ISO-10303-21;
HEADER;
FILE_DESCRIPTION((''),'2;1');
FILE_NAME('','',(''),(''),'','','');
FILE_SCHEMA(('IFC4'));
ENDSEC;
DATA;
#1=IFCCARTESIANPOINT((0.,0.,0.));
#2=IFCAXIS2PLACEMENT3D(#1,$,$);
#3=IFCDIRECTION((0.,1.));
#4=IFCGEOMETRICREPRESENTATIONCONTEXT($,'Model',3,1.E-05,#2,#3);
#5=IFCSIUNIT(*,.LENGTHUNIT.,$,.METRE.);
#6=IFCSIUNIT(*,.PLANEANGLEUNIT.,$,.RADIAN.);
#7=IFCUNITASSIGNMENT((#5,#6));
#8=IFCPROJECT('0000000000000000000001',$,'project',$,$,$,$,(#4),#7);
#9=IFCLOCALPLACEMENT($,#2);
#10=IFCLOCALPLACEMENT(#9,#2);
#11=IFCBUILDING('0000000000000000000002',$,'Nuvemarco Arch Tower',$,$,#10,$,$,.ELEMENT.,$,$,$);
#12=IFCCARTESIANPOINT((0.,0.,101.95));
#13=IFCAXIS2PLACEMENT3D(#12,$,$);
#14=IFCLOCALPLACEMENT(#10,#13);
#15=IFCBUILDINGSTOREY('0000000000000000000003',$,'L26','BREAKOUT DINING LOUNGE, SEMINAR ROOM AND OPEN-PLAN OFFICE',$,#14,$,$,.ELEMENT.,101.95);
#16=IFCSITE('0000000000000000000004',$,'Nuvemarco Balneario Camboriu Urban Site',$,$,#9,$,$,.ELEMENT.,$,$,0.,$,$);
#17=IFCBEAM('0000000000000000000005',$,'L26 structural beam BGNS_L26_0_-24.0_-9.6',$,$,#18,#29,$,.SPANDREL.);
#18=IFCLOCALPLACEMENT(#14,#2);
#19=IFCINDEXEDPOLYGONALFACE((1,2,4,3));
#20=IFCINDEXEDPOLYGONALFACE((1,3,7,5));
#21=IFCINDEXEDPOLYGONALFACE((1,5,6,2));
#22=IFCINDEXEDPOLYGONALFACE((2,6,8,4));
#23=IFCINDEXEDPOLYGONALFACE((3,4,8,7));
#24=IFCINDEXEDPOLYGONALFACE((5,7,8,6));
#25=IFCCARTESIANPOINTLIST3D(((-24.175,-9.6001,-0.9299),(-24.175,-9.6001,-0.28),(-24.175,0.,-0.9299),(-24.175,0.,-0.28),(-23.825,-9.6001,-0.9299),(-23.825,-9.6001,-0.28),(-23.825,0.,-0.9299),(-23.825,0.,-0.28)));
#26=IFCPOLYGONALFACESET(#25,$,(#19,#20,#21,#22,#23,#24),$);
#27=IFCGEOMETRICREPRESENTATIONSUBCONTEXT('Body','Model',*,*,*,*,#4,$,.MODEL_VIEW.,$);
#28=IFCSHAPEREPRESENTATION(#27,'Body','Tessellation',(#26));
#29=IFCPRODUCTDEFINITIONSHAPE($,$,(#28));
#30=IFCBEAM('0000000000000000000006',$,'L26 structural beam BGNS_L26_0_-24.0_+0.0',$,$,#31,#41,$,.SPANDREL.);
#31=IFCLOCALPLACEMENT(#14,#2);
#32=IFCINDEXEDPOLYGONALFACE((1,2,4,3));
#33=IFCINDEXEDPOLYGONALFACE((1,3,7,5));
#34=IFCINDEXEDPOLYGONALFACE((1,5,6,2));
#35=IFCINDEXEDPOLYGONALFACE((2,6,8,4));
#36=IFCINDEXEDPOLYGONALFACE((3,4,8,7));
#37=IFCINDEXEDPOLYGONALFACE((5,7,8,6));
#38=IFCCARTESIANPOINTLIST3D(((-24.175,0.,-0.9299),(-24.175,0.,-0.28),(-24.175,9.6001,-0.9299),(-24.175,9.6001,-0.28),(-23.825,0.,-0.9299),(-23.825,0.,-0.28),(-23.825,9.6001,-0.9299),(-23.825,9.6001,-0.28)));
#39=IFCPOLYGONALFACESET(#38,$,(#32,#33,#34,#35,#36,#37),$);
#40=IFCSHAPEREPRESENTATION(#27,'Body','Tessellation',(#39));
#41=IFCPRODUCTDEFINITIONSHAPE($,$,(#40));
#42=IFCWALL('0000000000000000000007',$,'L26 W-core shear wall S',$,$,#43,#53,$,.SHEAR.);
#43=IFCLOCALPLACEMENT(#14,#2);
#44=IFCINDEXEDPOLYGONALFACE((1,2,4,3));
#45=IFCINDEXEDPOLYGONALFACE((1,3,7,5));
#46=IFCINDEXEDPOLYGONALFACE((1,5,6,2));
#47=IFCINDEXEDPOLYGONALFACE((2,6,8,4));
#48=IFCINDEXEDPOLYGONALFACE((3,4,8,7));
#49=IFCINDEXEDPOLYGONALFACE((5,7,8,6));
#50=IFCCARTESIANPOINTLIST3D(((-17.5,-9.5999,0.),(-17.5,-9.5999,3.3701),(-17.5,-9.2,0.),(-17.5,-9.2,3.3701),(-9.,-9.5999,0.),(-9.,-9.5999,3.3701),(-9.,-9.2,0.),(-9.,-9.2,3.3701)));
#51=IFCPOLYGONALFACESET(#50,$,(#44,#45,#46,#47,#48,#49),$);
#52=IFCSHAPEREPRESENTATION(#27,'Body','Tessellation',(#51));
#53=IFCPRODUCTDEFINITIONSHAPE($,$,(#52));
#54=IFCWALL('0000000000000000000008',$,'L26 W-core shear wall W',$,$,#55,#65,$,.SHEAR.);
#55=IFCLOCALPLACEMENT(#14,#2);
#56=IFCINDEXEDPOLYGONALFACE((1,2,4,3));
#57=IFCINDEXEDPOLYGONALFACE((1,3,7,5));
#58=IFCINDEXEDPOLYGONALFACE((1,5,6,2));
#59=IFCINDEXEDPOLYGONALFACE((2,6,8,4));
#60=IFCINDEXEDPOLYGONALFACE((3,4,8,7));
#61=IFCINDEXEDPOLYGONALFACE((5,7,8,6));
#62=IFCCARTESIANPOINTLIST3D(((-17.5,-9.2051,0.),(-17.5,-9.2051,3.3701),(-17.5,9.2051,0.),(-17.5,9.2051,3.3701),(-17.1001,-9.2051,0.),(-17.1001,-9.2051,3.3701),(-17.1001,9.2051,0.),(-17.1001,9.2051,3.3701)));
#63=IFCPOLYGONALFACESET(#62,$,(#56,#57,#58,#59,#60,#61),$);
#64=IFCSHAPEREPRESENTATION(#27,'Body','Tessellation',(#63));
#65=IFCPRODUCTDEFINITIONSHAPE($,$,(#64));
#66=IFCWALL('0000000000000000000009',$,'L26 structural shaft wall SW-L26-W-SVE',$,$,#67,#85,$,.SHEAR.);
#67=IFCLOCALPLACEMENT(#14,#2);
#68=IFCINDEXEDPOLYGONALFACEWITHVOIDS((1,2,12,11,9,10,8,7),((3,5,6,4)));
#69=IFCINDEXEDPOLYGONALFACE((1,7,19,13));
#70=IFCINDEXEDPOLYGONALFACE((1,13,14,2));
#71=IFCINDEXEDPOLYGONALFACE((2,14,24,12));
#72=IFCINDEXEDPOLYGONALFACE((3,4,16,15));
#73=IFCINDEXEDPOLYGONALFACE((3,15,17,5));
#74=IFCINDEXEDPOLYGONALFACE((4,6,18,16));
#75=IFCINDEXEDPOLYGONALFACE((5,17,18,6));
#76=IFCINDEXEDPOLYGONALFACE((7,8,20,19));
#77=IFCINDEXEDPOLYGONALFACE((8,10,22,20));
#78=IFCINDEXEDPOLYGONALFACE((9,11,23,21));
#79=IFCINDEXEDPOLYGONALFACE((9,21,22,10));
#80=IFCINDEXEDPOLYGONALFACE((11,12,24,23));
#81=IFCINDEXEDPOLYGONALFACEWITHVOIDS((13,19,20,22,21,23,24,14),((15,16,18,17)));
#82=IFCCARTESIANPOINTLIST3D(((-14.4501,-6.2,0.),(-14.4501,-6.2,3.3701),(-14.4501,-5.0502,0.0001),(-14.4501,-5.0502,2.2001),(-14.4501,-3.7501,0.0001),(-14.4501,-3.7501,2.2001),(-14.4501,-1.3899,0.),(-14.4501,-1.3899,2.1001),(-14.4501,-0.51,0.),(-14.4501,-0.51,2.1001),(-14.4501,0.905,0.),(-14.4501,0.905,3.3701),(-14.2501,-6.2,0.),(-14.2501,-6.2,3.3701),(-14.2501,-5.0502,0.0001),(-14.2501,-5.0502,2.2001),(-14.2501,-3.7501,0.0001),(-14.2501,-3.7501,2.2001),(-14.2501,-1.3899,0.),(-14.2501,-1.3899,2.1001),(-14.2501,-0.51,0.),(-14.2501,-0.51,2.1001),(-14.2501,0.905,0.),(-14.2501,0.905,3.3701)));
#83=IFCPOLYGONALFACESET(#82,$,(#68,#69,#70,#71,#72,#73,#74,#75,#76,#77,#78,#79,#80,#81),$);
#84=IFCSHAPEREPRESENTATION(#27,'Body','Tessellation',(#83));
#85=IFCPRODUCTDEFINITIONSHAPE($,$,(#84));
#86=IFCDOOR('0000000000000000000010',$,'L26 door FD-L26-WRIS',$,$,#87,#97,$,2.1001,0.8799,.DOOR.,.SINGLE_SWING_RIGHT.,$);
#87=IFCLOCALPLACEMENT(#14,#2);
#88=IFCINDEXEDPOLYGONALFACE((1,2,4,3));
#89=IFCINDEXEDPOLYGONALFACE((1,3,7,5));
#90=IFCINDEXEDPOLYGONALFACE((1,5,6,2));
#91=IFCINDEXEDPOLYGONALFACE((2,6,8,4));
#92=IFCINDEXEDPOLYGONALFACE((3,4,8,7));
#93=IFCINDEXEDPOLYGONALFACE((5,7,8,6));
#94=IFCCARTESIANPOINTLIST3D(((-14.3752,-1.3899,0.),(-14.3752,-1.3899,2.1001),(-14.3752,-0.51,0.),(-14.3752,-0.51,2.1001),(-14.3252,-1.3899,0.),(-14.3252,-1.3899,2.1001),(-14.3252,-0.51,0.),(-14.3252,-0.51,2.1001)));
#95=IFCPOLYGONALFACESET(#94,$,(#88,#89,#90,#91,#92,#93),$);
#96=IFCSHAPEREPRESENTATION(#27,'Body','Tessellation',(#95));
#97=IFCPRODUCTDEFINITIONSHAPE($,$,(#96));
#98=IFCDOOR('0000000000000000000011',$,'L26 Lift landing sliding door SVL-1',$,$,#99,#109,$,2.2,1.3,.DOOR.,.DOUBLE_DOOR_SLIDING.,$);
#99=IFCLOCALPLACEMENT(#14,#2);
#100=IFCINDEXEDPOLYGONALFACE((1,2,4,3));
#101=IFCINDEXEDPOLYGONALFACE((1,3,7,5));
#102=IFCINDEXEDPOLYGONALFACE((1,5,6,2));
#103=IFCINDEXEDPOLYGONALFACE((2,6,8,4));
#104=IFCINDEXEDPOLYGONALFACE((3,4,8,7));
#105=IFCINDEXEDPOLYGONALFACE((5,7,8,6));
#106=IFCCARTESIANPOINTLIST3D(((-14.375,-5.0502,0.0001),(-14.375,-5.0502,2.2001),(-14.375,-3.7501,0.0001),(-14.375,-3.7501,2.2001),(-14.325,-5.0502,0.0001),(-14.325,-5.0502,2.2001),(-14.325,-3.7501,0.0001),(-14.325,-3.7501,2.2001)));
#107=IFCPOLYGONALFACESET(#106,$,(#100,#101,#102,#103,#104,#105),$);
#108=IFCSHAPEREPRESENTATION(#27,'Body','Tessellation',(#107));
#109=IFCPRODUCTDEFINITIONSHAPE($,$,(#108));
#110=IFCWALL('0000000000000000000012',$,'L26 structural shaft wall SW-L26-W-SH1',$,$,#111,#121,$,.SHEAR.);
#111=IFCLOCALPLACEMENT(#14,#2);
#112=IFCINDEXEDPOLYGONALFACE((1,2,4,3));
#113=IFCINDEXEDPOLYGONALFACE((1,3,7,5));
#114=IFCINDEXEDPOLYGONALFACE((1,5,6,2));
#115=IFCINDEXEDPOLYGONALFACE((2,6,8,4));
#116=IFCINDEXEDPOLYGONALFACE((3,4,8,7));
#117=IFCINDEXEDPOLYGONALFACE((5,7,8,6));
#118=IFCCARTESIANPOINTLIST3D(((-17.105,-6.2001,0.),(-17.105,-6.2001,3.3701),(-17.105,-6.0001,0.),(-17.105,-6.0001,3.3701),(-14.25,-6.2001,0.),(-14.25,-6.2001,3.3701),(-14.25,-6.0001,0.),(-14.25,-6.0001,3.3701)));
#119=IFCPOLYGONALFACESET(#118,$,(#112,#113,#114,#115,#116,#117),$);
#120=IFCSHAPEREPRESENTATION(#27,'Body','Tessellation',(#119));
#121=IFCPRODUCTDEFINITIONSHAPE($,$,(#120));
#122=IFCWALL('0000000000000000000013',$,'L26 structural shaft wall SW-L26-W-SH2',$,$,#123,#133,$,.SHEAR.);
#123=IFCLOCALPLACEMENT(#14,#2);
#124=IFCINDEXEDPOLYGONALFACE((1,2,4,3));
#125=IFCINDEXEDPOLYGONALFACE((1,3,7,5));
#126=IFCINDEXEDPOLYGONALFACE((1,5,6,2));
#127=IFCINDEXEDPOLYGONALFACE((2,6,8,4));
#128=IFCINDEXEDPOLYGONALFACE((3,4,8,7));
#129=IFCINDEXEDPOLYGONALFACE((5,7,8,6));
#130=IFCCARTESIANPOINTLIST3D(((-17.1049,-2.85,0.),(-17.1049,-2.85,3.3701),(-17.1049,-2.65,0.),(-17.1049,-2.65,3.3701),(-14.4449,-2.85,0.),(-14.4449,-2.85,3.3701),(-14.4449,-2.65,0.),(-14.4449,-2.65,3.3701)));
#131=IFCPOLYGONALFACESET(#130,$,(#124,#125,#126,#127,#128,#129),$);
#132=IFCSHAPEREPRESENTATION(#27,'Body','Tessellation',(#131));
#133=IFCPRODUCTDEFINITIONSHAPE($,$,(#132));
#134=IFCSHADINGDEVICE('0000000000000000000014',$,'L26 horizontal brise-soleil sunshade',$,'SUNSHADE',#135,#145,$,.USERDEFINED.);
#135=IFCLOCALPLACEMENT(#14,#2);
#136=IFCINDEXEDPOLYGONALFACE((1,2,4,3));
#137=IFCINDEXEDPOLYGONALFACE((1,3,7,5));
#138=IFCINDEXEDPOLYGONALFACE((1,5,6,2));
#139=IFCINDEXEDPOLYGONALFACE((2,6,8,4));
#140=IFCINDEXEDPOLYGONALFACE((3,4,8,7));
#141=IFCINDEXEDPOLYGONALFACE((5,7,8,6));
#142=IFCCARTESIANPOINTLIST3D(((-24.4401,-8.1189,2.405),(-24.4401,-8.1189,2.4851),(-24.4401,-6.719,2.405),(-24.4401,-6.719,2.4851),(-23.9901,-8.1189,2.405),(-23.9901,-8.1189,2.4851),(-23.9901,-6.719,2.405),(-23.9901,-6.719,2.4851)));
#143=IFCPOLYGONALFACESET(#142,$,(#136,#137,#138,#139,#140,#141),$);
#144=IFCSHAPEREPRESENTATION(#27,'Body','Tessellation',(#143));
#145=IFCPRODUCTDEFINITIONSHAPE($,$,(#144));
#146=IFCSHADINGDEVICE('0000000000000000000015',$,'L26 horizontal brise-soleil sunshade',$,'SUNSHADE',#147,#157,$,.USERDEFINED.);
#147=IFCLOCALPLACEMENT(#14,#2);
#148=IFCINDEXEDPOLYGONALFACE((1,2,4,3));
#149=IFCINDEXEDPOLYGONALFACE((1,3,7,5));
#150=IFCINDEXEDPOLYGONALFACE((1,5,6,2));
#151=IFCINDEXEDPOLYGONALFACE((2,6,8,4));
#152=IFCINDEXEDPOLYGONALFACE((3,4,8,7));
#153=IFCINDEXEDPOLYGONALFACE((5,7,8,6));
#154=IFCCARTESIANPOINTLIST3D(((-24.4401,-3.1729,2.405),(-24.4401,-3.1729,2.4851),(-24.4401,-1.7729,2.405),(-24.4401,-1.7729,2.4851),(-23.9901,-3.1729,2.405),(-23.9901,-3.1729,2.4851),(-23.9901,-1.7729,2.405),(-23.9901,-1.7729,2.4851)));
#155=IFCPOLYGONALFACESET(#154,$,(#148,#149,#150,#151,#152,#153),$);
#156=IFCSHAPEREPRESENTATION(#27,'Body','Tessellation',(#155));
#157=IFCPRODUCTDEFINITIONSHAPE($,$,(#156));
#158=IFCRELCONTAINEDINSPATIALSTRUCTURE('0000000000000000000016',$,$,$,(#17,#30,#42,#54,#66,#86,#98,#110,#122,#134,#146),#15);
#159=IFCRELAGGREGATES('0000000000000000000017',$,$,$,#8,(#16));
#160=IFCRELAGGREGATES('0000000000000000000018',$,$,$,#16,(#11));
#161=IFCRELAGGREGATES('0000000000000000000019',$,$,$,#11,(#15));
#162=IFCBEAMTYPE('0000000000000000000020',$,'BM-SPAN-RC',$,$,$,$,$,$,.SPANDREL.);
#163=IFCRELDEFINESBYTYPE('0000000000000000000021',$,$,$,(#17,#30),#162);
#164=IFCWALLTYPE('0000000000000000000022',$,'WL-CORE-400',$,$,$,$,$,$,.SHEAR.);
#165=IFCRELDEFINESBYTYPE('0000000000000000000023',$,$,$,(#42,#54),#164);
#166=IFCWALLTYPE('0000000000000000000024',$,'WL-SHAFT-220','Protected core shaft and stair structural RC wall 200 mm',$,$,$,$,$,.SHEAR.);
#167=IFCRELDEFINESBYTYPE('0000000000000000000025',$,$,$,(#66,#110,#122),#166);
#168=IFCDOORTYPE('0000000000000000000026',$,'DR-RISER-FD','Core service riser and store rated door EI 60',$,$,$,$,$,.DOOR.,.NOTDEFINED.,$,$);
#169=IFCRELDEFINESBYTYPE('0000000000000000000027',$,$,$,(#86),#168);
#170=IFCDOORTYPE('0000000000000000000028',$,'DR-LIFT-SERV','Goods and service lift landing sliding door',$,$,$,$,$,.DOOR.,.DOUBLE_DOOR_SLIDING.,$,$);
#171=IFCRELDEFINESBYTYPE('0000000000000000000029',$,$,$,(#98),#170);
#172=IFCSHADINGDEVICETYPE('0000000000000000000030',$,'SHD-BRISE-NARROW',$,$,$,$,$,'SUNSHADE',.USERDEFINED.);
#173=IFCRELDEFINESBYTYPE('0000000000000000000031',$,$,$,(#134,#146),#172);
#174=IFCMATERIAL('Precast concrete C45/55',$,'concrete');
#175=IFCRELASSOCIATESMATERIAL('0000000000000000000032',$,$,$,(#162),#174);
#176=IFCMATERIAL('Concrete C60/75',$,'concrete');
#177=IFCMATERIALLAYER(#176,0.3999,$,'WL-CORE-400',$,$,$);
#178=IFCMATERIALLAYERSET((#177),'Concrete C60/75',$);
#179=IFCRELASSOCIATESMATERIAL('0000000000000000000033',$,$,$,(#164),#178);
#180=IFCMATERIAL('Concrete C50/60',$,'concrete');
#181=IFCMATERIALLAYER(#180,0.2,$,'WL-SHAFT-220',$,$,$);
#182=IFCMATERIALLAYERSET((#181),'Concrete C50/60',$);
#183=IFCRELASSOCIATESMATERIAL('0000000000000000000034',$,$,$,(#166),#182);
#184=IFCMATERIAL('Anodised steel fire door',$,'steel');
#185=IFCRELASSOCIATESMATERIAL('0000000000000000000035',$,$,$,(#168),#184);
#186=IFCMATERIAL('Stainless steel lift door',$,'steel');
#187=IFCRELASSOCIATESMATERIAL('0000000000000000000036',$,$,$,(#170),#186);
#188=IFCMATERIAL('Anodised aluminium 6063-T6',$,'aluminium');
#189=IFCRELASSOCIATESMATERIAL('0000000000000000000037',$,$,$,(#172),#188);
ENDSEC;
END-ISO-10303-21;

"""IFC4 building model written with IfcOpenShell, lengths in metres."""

from ifc_helpers import new_model, si_unit, direction, frame, frame_2d, origin, origin_2d, place, context, subcontext, project, spatial, rectangle, extrude, source, transform, mapped, material, layer, layer_set, material_profile, profile_set, type_object, type_shapes, element, fill, save


model = new_model("IFC4")

# Units and contexts
model_context = context("Model", 3, precision=1e-05, world=origin(), true_north=direction((0.0, 1.0)))
body_context = subcontext(model_context, "Body", "Model", "MODEL_VIEW")
ifc_project = project(units=[si_unit("LENGTHUNIT", "METRE"), si_unit("PLANEANGLEUNIT", "RADIAN")], contexts=[model_context])

# Site, building, storey
site_placement = place(None, origin())
site = spatial("IfcSite", under=ifc_project, at=site_placement, Name="Nuvemarco Balneario Camboriu Urban Site", CompositionType="ELEMENT", RefElevation=0.0)
building_placement = place(site_placement, origin())
building = spatial("IfcBuilding", under=site, at=building_placement, Name="Nuvemarco Arch Tower", CompositionType="ELEMENT")
storey_placement = place(building_placement, frame((0.0, 0.0, 101.95)))
storey = spatial("IfcBuildingStorey", under=building, at=storey_placement, Name="L26", Description="BREAKOUT DINING LOUNGE, SEMINAR ROOM AND OPEN-PLAN OFFICE", CompositionType="ELEMENT", Elevation=101.95)

# Shared definitions
ifc_material_1 = material(Name="Concrete C60/75", Category="concrete")

# Beams
ifc_material_2 = material(Name="Precast concrete C45/55", Category="concrete")
ifc_material_profile_1 = material_profile(ifc_material_2, rectangle(XDim=0.3501, YDim=0.6499, at=origin_2d()), Name="PC-SP-350x650")
ifc_profile_set_1 = profile_set([ifc_material_profile_1], Name="Precast concrete C45/55")
beam_type_1 = type_object("IfcBeamType", Name="BM-SPAN-RC", PredefinedType="SPANDREL", material=ifc_profile_set_1)
for number, where, z_axis, x_axis, name in (
    (1, (-24.0, -9.6001, -0.605), (0.0, 1.0, 0.0), (-1.0, 0.0, 0.0), "L26 structural beam BGNS_L26_0_-24.0_-9.6"),
    (2, (-24.0, 0.0, -0.605), (0.0, 1.0, 0.0), (-1.0, 0.0, 0.0), "L26 structural beam BGNS_L26_0_-24.0_+0.0"),
):
    element("IfcBeam", number, at=place(storey_placement, frame(where, z_axis=z_axis, x_axis=x_axis)), inside=storey, type_object=beam_type_1, Name=name, PredefinedType="SPANDREL", context=body_context, shape_type="SweptSolid", body=[
        extrude(rectangle(XDim=0.3501, YDim=0.6499, at=origin_2d()), origin(), (0.0, 0.0, 1.0), 9.6001),
    ])

# Walls
ifc_layer_1 = layer(ifc_material_1, 0.3999, Name="WL-CORE-400")
ifc_layer_set_1 = layer_set([ifc_layer_1], Name="Concrete C60/75")
wall_type_1 = type_object("IfcWallType", Name="WL-CORE-400", PredefinedType="SHEAR", material=ifc_layer_set_1)
wall_1_placement = place(storey_placement, frame((-17.5, -9.3999, 0.0), z_axis=(0.0, 0.0, 1.0), x_axis=(1.0, 0.0, 0.0)))
element("IfcWall", 3, at=wall_1_placement, inside=storey, type_object=wall_type_1, Name="L26 W-core shear wall S", PredefinedType="SHEAR", context=body_context, shape_type="SweptSolid", body=[
    extrude(rectangle(XDim=8.5, YDim=0.3999, at=frame_2d((4.25, 0.0))), origin(), (0.0, 0.0, 1.0), 3.3701),
])
wall_2_placement = place(storey_placement, frame((-17.3, -9.2051, 0.0), z_axis=(0.0, 0.0, 1.0), x_axis=(0.0, 1.0, 0.0)))
element("IfcWall", 4, at=wall_2_placement, inside=storey, type_object=wall_type_1, Name="L26 W-core shear wall W", PredefinedType="SHEAR", context=body_context, shape_type="SweptSolid", body=[
    extrude(rectangle(XDim=18.4102, YDim=0.3999, at=frame_2d((9.2051, 0.0))), origin(), (0.0, 0.0, 1.0), 3.3701),
])

# Shared definitions
ifc_material_3 = material(Name="Concrete C50/60", Category="concrete")
ifc_layer_2 = layer(ifc_material_3, 0.2, Name="WL-SHAFT-220")
ifc_layer_set_2 = layer_set([ifc_layer_2], Name="Concrete C50/60")
wall_type_2 = type_object("IfcWallType", Name="WL-SHAFT-220", Description="Protected core shaft and stair structural RC wall 200 mm", PredefinedType="SHEAR", material=ifc_layer_set_2)
ifc_material_4 = material(Name="Stainless steel lift door", Category="steel")

# Wall, openings, doors
wall_3_placement = place(storey_placement, frame((-14.3501, -6.2, 0.0), z_axis=(0.0, 0.0, 1.0), x_axis=(0.0, 1.0, 0.0)))
wall_3 = element("IfcWall", 5, at=wall_3_placement, inside=storey, type_object=wall_type_2, Name="L26 structural shaft wall SW-L26-W-SVE", PredefinedType="SHEAR", context=body_context, shape_type="SweptSolid", body=[
    extrude(rectangle(XDim=7.105, YDim=0.2, at=frame_2d((3.5525, 0.0))), origin(), (0.0, 0.0, 1.0), 3.3701),
])
opening_1_placement = place(wall_3_placement, frame((5.6899, 0.0, 0.0), z_axis=(0.0, 0.0, 1.0), x_axis=(-1.0, 0.0, 0.0)))
opening_1 = element("IfcOpeningElement", 6, at=opening_1_placement, cuts=wall_3, PredefinedType="OPENING", context=body_context, shape_type="SweptSolid", body=[
    extrude(rectangle(XDim=0.8799, YDim=2.1001, at=frame_2d((0.4399, 1.05))), frame((0.0, 0.1099, 0.0), z_axis=(0.0, -1.0, 0.0), x_axis=(1.0, 0.0, 0.0)), (0.0, 0.0, 1.0), 0.22),
])
opening_2_placement = place(wall_3_placement, frame((1.1499, 0.0, 0.0)))
opening_2 = element("IfcOpeningElement", 7, at=opening_2_placement, cuts=wall_3, PredefinedType="OPENING", context=body_context, shape_type="SweptSolid", body=[
    extrude(rectangle(XDim=1.3, YDim=2.2, at=frame_2d((0.6499, 1.1001))), frame((0.0, 0.1099, 0.0), z_axis=(0.0, -1.0, 0.0), x_axis=(1.0, 0.0, 0.0)), (0.0, 0.0, 1.0), 0.22),
])
ifc_material_5 = material(Name="Anodised steel fire door", Category="steel")
door_type_1 = type_object("IfcDoorType", Name="DR-RISER-FD", Description="Core service riser and store rated door EI 60", OperationType="NOTDEFINED", PredefinedType="DOOR", material=ifc_material_5)
shared_shape_1 = source(origin(), body_context, "Body", "SweptSolid", [
    extrude(rectangle(XDim=0.8799, YDim=2.1001, at=frame_2d((0.4399, 1.05))), frame((0.0, 0.0249, 0.0), z_axis=(0.0, -1.0, 0.0), x_axis=(1.0, 0.0, 0.0)), (0.0, 0.0, 1.0), 0.05),
])
type_shapes(door_type_1, [shared_shape_1])
door_1_placement = place(opening_1_placement, origin())
door_1 = element("IfcDoor", 8, at=door_1_placement, inside=storey, type_object=door_type_1, Name="L26 door FD-L26-WRIS", OperationType="SINGLE_SWING_RIGHT", OverallHeight=2.1001, OverallWidth=0.8799, PredefinedType="DOOR", context=body_context, shape_type="MappedRepresentation", body=[
    mapped(shared_shape_1, transform((0.0, 0.0, 0.0), scale=1.0)),
])
fill(opening_1, door_1)
door_type_2 = type_object("IfcDoorType", Name="DR-LIFT-SERV", Description="Goods and service lift landing sliding door", OperationType="DOUBLE_DOOR_SLIDING", PredefinedType="DOOR", material=ifc_material_4)
shared_shape_2 = source(origin(), body_context, "Body", "SweptSolid", [
    extrude(rectangle(XDim=1.3, YDim=2.2, at=frame_2d((0.6499, 1.1001))), frame((0.0, 0.0249, 0.0), z_axis=(0.0, -1.0, 0.0), x_axis=(1.0, 0.0, 0.0)), (0.0, 0.0, 1.0), 0.05),
])
type_shapes(door_type_2, [shared_shape_2])
door_2_placement = place(opening_2_placement, origin())
door_2 = element("IfcDoor", 9, at=door_2_placement, inside=storey, type_object=door_type_2, Name="L26 Lift landing sliding door SVL-1", OperationType="DOUBLE_DOOR_SLIDING", OverallHeight=2.2, OverallWidth=1.3, PredefinedType="DOOR", context=body_context, shape_type="MappedRepresentation", body=[
    mapped(shared_shape_2, transform((0.0, 0.0, 0.0), scale=1.0)),
])
fill(opening_2, door_2)

# Walls
wall_4_placement = place(storey_placement, frame((-17.105, -6.1001, 0.0), z_axis=(0.0, 0.0, 1.0), x_axis=(1.0, 0.0, 0.0)))
element("IfcWall", 10, at=wall_4_placement, inside=storey, type_object=wall_type_2, Name="L26 structural shaft wall SW-L26-W-SH1", PredefinedType="SHEAR", context=body_context, shape_type="SweptSolid", body=[
    extrude(rectangle(XDim=2.855, YDim=0.2, at=frame_2d((1.4275, 0.0))), origin(), (0.0, 0.0, 1.0), 3.3701),
])
wall_5_placement = place(storey_placement, frame((-17.105, -2.75, 0.0), z_axis=(0.0, 0.0, 1.0), x_axis=(1.0, 0.0, 0.0)))
element("IfcWall", 11, at=wall_5_placement, inside=storey, type_object=wall_type_2, Name="L26 structural shaft wall SW-L26-W-SH2", PredefinedType="SHEAR", context=body_context, shape_type="SweptSolid", body=[
    extrude(rectangle(XDim=2.6599, YDim=0.2, at=frame_2d((1.3301, 0.0))), origin(), (0.0, 0.0, 1.0), 3.3701),
])

# Shading devices
ifc_material_6 = material(Name="Anodised aluminium 6063-T6", Category="aluminium")
shading_device_type = type_object("IfcShadingDeviceType", Name="SHD-BRISE-NARROW", ElementType="SUNSHADE", PredefinedType="USERDEFINED", material=ifc_material_6)
shared_shape_3 = source(origin(), body_context, "Body", "SweptSolid", [
    extrude(rectangle(XDim=1.3999, YDim=0.45, at=origin_2d()), origin(), (0.0, 0.0, 1.0), 0.0801),
])
type_shapes(shading_device_type, [shared_shape_3])
for number, where, z_axis, x_axis, name in (
    (12, (-24.2151, -7.4189, 2.405), (0.0, 0.0, 1.0), (0.0, 1.0, 0.0), "L26 horizontal brise-soleil sunshade"),
    (13, (-24.2151, -2.4729, 2.405), (0.0, 0.0, 1.0), (0.0, 1.0, 0.0), "L26 horizontal brise-soleil sunshade"),
):
    element("IfcShadingDevice", number, at=place(storey_placement, frame(where, z_axis=z_axis, x_axis=x_axis)), inside=storey, type_object=shading_device_type, Name=name, ObjectType="SUNSHADE", PredefinedType="USERDEFINED", context=body_context, shape_type="MappedRepresentation", body=[
        mapped(shared_shape_3, transform((0.0, 0.0, 0.0), scale=1.0)),
    ])

save(model, "model.ifc")
